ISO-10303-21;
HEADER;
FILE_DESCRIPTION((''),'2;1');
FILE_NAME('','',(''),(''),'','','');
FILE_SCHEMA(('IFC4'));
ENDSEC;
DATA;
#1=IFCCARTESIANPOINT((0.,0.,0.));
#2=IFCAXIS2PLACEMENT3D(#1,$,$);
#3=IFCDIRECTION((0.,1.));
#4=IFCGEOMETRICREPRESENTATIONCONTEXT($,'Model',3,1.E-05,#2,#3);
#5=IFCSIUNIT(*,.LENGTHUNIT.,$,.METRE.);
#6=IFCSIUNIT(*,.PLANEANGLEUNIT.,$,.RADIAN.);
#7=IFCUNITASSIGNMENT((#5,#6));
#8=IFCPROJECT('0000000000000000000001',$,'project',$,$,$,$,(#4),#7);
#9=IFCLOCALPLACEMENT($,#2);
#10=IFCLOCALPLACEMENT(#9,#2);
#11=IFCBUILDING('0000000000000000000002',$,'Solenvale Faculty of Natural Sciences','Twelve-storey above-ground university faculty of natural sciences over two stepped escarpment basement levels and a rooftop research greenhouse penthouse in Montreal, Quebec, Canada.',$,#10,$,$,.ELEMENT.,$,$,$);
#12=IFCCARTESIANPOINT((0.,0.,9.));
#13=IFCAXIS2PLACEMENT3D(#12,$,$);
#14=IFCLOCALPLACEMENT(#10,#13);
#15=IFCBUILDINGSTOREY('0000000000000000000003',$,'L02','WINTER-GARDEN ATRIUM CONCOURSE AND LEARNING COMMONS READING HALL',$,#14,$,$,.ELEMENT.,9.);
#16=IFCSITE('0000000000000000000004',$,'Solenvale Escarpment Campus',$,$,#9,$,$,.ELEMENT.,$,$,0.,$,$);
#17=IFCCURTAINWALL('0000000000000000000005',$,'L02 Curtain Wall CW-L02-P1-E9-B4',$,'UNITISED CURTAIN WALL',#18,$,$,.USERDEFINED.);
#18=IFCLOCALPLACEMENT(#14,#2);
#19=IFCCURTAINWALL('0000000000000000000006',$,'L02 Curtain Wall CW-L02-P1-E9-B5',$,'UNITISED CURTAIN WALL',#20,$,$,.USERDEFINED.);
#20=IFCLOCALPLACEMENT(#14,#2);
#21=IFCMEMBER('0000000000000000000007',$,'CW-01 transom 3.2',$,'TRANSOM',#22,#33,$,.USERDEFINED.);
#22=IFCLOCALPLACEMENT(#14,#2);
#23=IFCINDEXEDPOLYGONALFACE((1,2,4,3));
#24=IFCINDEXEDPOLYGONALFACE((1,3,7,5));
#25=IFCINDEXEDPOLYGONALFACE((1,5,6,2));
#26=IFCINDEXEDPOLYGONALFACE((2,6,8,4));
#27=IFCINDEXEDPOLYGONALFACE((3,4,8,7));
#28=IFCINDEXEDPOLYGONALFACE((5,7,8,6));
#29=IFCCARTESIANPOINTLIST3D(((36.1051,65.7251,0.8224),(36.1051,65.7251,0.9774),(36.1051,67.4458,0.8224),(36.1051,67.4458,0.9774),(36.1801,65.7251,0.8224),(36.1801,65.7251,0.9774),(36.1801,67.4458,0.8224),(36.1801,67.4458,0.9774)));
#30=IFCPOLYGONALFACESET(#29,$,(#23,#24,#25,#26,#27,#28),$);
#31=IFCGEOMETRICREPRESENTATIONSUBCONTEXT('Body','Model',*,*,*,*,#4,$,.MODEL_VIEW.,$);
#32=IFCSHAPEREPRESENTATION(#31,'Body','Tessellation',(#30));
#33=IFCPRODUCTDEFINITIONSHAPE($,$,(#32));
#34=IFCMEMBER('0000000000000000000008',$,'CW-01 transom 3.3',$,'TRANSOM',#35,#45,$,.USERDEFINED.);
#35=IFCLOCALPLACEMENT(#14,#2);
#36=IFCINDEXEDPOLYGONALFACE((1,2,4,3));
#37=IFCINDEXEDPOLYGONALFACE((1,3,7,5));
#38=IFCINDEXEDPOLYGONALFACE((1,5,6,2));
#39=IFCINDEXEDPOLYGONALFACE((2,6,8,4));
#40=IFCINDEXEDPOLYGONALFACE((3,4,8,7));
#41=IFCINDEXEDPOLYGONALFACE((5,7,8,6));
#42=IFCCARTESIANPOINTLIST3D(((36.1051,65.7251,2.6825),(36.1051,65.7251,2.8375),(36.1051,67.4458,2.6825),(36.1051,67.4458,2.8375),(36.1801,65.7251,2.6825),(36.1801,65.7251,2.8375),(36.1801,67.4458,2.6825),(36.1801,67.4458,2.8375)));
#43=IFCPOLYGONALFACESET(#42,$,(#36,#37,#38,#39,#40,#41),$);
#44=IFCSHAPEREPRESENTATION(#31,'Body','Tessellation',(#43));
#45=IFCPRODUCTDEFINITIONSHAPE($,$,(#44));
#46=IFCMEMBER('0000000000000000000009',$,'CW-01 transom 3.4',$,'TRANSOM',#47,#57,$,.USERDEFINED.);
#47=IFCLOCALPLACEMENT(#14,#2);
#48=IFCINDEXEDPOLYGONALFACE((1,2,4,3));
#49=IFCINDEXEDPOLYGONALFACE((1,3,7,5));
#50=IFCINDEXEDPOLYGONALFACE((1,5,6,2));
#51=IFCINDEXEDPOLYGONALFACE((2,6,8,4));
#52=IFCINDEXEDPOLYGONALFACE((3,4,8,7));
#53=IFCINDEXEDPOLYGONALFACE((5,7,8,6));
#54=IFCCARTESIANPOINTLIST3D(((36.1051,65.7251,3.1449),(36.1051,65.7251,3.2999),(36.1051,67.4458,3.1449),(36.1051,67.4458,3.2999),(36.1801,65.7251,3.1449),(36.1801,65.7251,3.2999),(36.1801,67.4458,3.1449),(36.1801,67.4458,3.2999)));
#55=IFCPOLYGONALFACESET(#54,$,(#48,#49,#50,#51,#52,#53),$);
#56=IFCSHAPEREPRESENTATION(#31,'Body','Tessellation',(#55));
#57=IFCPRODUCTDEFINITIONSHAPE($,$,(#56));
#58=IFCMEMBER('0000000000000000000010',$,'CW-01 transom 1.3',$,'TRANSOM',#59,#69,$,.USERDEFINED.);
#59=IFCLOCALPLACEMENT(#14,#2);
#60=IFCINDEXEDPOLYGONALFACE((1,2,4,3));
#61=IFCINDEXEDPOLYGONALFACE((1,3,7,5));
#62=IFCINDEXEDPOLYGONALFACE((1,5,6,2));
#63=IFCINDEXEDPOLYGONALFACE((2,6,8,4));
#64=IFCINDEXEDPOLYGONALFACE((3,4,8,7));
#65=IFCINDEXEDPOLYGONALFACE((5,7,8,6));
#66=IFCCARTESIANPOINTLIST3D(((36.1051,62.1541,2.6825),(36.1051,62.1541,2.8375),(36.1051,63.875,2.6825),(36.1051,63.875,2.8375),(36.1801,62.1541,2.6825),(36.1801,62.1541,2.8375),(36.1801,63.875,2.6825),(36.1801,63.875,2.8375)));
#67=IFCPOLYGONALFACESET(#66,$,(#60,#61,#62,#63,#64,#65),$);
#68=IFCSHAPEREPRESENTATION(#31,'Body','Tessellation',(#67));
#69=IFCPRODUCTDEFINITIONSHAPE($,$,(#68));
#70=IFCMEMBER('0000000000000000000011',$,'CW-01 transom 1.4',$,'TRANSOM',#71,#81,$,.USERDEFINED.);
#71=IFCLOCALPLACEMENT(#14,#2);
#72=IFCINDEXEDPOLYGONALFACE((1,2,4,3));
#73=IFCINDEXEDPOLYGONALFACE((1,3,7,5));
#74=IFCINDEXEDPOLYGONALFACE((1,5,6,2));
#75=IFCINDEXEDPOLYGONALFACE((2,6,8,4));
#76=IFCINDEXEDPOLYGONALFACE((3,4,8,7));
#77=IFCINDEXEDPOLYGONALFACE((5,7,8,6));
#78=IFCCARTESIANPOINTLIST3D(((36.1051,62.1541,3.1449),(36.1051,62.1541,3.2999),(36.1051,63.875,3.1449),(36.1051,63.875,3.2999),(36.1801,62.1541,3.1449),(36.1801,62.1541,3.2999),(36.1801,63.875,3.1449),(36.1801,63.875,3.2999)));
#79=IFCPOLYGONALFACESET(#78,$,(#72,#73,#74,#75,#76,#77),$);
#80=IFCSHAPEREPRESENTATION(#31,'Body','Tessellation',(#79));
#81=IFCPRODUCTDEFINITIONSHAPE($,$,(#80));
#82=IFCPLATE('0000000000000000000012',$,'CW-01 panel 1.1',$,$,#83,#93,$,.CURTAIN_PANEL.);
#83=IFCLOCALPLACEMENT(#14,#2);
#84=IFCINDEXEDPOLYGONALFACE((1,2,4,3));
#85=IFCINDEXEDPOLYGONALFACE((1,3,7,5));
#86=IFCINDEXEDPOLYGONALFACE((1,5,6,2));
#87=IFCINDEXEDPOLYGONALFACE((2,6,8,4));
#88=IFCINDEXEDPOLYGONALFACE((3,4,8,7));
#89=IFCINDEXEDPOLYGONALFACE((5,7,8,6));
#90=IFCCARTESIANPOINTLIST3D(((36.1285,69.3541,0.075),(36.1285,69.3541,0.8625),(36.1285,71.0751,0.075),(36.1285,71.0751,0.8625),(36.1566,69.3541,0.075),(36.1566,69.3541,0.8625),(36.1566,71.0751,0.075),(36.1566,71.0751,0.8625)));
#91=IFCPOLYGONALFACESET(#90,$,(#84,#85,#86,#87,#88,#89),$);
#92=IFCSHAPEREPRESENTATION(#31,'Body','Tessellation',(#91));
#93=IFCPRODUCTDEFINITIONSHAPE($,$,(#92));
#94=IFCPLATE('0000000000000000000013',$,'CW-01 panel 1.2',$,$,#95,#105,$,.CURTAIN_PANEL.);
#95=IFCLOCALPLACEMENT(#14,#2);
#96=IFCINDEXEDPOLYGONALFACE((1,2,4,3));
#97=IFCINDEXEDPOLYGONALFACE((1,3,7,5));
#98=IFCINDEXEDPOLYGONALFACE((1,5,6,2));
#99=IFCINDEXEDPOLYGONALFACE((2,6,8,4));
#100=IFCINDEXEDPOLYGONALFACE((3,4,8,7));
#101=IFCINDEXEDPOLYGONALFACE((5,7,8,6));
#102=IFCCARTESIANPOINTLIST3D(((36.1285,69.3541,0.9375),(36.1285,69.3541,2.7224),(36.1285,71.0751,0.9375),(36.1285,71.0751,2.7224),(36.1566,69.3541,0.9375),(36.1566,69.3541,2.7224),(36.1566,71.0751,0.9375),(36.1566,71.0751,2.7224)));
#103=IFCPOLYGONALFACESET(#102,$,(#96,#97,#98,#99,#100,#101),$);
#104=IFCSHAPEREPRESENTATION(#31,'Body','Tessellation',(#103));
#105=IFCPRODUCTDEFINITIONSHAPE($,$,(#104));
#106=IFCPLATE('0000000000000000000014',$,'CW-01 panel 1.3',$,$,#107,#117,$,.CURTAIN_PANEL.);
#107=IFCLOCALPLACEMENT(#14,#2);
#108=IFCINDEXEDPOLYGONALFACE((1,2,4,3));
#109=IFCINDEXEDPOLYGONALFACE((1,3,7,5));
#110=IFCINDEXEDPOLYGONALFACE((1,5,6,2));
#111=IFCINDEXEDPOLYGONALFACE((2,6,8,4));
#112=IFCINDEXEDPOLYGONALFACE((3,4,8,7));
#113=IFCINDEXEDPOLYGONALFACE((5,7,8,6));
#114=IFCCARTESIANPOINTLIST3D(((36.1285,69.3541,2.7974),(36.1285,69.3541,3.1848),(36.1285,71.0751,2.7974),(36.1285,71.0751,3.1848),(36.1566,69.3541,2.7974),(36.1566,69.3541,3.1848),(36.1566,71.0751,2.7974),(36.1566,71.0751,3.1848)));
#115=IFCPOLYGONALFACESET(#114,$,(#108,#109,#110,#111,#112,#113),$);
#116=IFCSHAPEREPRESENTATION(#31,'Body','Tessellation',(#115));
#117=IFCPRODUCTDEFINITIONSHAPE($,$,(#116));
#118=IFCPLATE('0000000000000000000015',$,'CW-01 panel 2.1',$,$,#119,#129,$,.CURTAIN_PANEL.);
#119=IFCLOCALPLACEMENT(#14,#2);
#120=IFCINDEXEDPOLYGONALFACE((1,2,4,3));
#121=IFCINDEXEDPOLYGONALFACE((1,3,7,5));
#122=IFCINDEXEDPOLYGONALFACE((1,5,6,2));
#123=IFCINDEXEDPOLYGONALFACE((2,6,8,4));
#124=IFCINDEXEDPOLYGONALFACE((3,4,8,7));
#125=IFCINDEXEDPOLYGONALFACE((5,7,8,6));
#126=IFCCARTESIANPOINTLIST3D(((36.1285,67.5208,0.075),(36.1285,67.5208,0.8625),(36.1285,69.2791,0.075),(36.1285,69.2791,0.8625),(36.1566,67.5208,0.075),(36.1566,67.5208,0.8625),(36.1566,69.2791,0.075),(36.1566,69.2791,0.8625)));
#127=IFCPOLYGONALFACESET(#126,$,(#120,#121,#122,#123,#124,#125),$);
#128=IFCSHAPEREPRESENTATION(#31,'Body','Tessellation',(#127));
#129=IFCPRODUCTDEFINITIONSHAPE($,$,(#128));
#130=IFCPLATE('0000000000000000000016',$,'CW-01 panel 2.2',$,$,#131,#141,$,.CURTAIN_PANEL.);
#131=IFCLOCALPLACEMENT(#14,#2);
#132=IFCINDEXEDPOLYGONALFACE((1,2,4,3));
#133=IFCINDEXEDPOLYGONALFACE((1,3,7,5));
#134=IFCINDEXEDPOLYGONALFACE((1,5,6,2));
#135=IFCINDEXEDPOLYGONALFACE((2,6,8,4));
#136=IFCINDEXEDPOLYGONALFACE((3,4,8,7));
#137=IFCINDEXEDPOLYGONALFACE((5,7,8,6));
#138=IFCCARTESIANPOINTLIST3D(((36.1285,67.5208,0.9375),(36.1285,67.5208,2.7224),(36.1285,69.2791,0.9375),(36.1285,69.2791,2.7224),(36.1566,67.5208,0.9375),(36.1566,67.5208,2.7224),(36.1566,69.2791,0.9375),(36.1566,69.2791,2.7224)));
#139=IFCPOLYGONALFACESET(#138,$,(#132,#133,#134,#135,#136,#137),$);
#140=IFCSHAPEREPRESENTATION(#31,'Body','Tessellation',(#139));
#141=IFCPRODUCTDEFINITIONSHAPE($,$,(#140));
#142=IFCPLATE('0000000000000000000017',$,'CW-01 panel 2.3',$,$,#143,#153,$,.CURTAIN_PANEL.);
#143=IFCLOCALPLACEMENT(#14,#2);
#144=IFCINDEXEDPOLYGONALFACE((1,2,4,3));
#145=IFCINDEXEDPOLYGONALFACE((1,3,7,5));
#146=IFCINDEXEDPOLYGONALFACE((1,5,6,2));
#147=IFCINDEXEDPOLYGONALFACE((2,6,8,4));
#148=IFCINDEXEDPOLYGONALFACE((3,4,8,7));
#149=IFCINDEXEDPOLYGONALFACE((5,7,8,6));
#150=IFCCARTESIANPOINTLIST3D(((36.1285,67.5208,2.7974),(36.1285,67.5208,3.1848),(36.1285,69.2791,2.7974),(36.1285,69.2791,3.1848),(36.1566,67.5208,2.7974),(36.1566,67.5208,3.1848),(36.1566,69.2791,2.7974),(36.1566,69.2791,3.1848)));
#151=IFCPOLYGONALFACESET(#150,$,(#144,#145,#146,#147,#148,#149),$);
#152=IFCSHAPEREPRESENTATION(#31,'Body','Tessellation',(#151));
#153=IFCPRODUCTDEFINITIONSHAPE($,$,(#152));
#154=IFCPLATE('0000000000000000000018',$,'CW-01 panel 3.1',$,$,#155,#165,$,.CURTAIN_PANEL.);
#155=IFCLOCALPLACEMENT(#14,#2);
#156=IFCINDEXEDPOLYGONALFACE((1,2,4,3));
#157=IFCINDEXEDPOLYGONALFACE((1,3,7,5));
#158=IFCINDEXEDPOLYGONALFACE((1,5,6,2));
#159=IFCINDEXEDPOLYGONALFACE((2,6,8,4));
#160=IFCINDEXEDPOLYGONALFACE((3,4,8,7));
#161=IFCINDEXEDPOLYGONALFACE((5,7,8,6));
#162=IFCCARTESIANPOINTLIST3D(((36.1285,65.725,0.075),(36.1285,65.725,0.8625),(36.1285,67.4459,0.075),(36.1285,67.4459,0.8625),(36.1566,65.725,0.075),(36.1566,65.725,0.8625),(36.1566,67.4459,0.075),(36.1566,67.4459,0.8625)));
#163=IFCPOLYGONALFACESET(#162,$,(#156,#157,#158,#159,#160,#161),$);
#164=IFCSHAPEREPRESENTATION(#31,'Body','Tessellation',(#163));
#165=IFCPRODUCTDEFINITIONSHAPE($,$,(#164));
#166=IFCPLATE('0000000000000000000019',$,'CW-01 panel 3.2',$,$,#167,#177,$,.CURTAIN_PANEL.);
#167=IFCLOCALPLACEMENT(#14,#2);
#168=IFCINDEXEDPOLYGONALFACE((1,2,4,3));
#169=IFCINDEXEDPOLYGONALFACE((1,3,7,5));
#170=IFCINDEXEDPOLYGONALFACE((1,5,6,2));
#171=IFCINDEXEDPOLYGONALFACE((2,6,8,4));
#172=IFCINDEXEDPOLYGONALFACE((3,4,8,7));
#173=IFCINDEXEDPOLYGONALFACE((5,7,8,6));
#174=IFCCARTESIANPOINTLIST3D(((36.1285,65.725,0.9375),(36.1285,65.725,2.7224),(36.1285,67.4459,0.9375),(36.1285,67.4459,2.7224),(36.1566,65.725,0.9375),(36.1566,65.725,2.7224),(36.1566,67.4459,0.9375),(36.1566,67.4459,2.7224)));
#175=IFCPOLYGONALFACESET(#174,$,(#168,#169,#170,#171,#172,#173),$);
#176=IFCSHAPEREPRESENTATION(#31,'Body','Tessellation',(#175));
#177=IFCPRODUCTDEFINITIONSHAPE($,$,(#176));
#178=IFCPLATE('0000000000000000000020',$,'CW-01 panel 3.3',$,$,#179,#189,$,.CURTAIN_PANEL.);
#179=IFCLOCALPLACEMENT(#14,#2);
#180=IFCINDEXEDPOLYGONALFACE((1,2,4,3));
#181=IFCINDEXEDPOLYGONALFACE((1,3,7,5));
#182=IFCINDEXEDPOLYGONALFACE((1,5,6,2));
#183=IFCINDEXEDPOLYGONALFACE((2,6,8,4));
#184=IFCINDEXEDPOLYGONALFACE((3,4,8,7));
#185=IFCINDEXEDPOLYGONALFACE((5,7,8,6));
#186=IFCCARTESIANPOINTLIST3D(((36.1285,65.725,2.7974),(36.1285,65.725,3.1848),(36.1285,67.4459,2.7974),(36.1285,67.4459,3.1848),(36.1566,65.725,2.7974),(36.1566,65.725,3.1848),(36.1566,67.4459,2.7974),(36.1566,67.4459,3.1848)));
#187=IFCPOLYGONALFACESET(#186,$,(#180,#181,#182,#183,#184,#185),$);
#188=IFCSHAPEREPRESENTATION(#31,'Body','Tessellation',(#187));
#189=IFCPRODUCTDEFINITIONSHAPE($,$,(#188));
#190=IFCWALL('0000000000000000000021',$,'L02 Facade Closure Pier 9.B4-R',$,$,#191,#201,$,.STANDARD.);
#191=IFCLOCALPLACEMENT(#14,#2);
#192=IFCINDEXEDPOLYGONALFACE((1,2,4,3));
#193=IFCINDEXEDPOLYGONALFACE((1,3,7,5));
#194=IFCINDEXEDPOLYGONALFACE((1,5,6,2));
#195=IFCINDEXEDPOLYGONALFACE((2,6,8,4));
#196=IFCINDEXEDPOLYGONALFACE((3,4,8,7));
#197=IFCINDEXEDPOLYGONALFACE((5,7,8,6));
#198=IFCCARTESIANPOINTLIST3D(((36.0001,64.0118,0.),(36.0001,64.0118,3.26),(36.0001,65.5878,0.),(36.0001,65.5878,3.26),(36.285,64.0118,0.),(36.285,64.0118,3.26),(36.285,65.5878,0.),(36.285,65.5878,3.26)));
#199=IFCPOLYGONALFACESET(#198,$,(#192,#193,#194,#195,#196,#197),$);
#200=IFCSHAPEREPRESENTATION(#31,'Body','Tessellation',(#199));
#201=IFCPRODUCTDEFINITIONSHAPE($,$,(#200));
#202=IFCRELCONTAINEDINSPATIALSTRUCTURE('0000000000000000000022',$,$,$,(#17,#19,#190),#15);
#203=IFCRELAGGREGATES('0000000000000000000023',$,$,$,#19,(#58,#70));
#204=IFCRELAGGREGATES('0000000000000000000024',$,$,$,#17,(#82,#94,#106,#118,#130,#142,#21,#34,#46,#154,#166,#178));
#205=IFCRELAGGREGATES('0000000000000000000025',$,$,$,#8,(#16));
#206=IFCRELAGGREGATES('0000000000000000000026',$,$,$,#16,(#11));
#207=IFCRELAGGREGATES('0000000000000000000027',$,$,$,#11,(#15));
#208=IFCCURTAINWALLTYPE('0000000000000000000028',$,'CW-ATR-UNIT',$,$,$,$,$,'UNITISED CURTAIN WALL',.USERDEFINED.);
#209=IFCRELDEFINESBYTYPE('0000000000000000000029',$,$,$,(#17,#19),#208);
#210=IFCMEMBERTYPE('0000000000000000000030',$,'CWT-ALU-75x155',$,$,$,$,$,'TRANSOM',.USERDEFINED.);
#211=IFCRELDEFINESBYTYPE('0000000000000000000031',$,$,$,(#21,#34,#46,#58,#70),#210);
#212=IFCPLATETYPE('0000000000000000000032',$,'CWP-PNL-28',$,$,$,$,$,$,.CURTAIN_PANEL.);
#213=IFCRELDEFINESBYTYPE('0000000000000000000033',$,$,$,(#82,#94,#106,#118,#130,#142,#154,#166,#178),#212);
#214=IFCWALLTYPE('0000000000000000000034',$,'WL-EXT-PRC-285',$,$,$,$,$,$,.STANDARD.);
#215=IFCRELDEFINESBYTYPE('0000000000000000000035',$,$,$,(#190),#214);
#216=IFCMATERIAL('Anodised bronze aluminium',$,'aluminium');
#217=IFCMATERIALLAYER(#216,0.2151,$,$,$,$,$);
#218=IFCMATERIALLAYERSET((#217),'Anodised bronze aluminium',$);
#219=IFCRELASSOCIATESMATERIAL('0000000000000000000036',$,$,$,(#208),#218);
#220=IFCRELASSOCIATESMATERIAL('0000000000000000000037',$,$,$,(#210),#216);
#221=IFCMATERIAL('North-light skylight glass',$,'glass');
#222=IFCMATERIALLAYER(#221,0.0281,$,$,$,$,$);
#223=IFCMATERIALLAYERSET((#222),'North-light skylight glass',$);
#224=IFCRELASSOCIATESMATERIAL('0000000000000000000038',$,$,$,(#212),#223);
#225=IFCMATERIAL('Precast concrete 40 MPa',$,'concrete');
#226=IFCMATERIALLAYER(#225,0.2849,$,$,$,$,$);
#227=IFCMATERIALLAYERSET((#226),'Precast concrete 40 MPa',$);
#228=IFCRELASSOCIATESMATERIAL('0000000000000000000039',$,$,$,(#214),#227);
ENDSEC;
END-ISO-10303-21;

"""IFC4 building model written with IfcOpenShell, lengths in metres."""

from ifc_helpers import new_model, si_unit, direction, frame, frame_2d, origin, origin_2d, place, context, subcontext, project, spatial, rectangle, extrude, material, layer, layer_set, material_profile, profile_set, type_object, element, aggregate, save


model = new_model("IFC4")

# Units and contexts
model_context = context("Model", 3, precision=1e-05, world=origin(), true_north=direction((0.0, 1.0)))
body_context = subcontext(model_context, "Body", "Model", "MODEL_VIEW")
ifc_project = project(units=[si_unit("LENGTHUNIT", "METRE"), si_unit("PLANEANGLEUNIT", "RADIAN")], contexts=[model_context])

# Site, building, storey
site_placement = place(None, origin())
site = spatial("IfcSite", under=ifc_project, at=site_placement, Name="Solenvale Escarpment Campus", CompositionType="ELEMENT", RefElevation=0.0)
building_placement = place(site_placement, origin())
building = spatial("IfcBuilding", under=site, at=building_placement, Name="Solenvale Faculty of Natural Sciences", Description="Twelve-storey above-ground university faculty of natural sciences over two stepped escarpment basement levels and a rooftop research greenhouse penthouse in Montreal, Quebec, Canada.", CompositionType="ELEMENT")
storey_placement = place(building_placement, frame((0.0, 0.0, 9.0)))
storey = spatial("IfcBuildingStorey", under=building, at=storey_placement, Name="L02", Description="WINTER-GARDEN ATRIUM CONCOURSE AND LEARNING COMMONS READING HALL", CompositionType="ELEMENT", Elevation=9.0)

# Curtain wall
ifc_material_1 = material(Name="Anodised bronze aluminium", Category="aluminium")
ifc_layer_1 = layer(ifc_material_1, 0.2151)
ifc_layer_set_1 = layer_set([ifc_layer_1], Name="Anodised bronze aluminium")
curtain_wall_type = type_object("IfcCurtainWallType", Name="CW-ATR-UNIT", ElementType="UNITISED CURTAIN WALL", PredefinedType="USERDEFINED", material=ifc_layer_set_1)
curtain_wall_1_placement = place(storey_placement, origin())
curtain_wall_1 = element("IfcCurtainWall", 1, at=curtain_wall_1_placement, inside=storey, type_object=curtain_wall_type, Name="L02 Curtain Wall CW-L02-P1-E9-B4", ObjectType="UNITISED CURTAIN WALL", PredefinedType="USERDEFINED")

# Curtain wall
curtain_wall_2_placement = place(storey_placement, origin())
curtain_wall_2 = element("IfcCurtainWall", 2, at=curtain_wall_2_placement, inside=storey, type_object=curtain_wall_type, Name="L02 Curtain Wall CW-L02-P1-E9-B5", ObjectType="UNITISED CURTAIN WALL", PredefinedType="USERDEFINED")

# Members
ifc_material_profile_1 = material_profile(ifc_material_1, rectangle(XDim=0.075, YDim=0.155, at=origin_2d()), Name="ALU-TRN-75x155")
ifc_profile_set_1 = profile_set([ifc_material_profile_1], Name="Anodised bronze aluminium")
member_type_1 = type_object("IfcMemberType", Name="CWT-ALU-75x155", ElementType="TRANSOM", PredefinedType="USERDEFINED", material=ifc_profile_set_1)
member_1_placement = place(storey_placement, frame((36.1426, 67.4458, 0.8999), z_axis=(0.0, -1.0, 0.0), x_axis=(1.0, 0.0, 0.0)))
member_1 = element("IfcMember", 3, at=member_1_placement, type_object=member_type_1, Name="CW-01 transom 3.2", ObjectType="TRANSOM", PredefinedType="USERDEFINED", context=body_context, shape_type="SweptSolid", body=[
    extrude(rectangle(XDim=0.075, YDim=0.155, at=origin_2d()), origin(), (0.0, 0.0, 1.0), 1.7207),
])
member_2_placement = place(storey_placement, frame((36.1426, 67.4458, 2.76), z_axis=(0.0, -1.0, 0.0), x_axis=(1.0, 0.0, 0.0)))
member_2 = element("IfcMember", 4, at=member_2_placement, type_object=member_type_1, Name="CW-01 transom 3.3", ObjectType="TRANSOM", PredefinedType="USERDEFINED", context=body_context, shape_type="SweptSolid", body=[
    extrude(rectangle(XDim=0.075, YDim=0.155, at=origin_2d()), origin(), (0.0, 0.0, 1.0), 1.7207),
])
member_3_placement = place(storey_placement, frame((36.1426, 67.4458, 3.2224), z_axis=(0.0, -1.0, 0.0), x_axis=(1.0, 0.0, 0.0)))
member_3 = element("IfcMember", 5, at=member_3_placement, type_object=member_type_1, Name="CW-01 transom 3.4", ObjectType="TRANSOM", PredefinedType="USERDEFINED", context=body_context, shape_type="SweptSolid", body=[
    extrude(rectangle(XDim=0.075, YDim=0.155, at=origin_2d()), origin(), (0.0, 0.0, 1.0), 1.7207),
])
member_4_placement = place(storey_placement, frame((36.1426, 63.875, 2.76), z_axis=(0.0, -1.0, 0.0), x_axis=(1.0, 0.0, 0.0)))
member_4 = element("IfcMember", 6, at=member_4_placement, type_object=member_type_1, Name="CW-01 transom 1.3", ObjectType="TRANSOM", PredefinedType="USERDEFINED", context=body_context, shape_type="SweptSolid", body=[
    extrude(rectangle(XDim=0.075, YDim=0.155, at=origin_2d()), origin(), (0.0, 0.0, 1.0), 1.7209),
])
member_5_placement = place(storey_placement, frame((36.1426, 63.875, 3.2224), z_axis=(0.0, -1.0, 0.0), x_axis=(1.0, 0.0, 0.0)))
member_5 = element("IfcMember", 7, at=member_5_placement, type_object=member_type_1, Name="CW-01 transom 1.4", ObjectType="TRANSOM", PredefinedType="USERDEFINED", context=body_context, shape_type="SweptSolid", body=[
    extrude(rectangle(XDim=0.075, YDim=0.155, at=origin_2d()), origin(), (0.0, 0.0, 1.0), 1.7209),
])
aggregate(curtain_wall_2, [member_4, member_5])

# Plates
ifc_material_2 = material(Name="North-light skylight glass", Category="glass")
ifc_layer_2 = layer(ifc_material_2, 0.0281)
ifc_layer_set_2 = layer_set([ifc_layer_2], Name="North-light skylight glass")
plate_type = type_object("IfcPlateType", Name="CWP-PNL-28", PredefinedType="CURTAIN_PANEL", material=ifc_layer_set_2)
plate_1_placement = place(storey_placement, frame((36.1426, 70.2146, 0.075), z_axis=(0.0, 0.0, 1.0), x_axis=(0.0, -1.0, 0.0)))
plate_1 = element("IfcPlate", 8, at=plate_1_placement, type_object=plate_type, Name="CW-01 panel 1.1", PredefinedType="CURTAIN_PANEL", context=body_context, shape_type="SweptSolid", body=[
    extrude(rectangle(XDim=1.7209, YDim=0.0281, at=origin_2d()), origin(), (0.0, 0.0, 1.0), 0.7876),
])
plate_2_placement = place(storey_placement, frame((36.1426, 70.2146, 0.9375), z_axis=(0.0, 0.0, 1.0), x_axis=(0.0, -1.0, 0.0)))
plate_2 = element("IfcPlate", 9, at=plate_2_placement, type_object=plate_type, Name="CW-01 panel 1.2", PredefinedType="CURTAIN_PANEL", context=body_context, shape_type="SweptSolid", body=[
    extrude(rectangle(XDim=1.7209, YDim=0.0281, at=origin_2d()), origin(), (0.0, 0.0, 1.0), 1.7849),
])
plate_3_placement = place(storey_placement, frame((36.1426, 70.2146, 2.7974), z_axis=(0.0, 0.0, 1.0), x_axis=(0.0, -1.0, 0.0)))
plate_3 = element("IfcPlate", 10, at=plate_3_placement, type_object=plate_type, Name="CW-01 panel 1.3", PredefinedType="CURTAIN_PANEL", context=body_context, shape_type="SweptSolid", body=[
    extrude(rectangle(XDim=1.7209, YDim=0.0281, at=origin_2d()), origin(), (0.0, 0.0, 1.0), 0.3875),
])
plate_4_placement = place(storey_placement, frame((36.1426, 68.3999, 0.075), z_axis=(0.0, 0.0, 1.0), x_axis=(0.0, -1.0, 0.0)))
plate_4 = element("IfcPlate", 11, at=plate_4_placement, type_object=plate_type, Name="CW-01 panel 2.1", PredefinedType="CURTAIN_PANEL", context=body_context, shape_type="SweptSolid", body=[
    extrude(rectangle(XDim=1.7583, YDim=0.0281, at=origin_2d()), origin(), (0.0, 0.0, 1.0), 0.7876),
])
plate_5_placement = place(storey_placement, frame((36.1426, 68.3999, 0.9375), z_axis=(0.0, 0.0, 1.0), x_axis=(0.0, -1.0, 0.0)))
plate_5 = element("IfcPlate", 12, at=plate_5_placement, type_object=plate_type, Name="CW-01 panel 2.2", PredefinedType="CURTAIN_PANEL", context=body_context, shape_type="SweptSolid", body=[
    extrude(rectangle(XDim=1.7583, YDim=0.0281, at=origin_2d()), origin(), (0.0, 0.0, 1.0), 1.7849),
])
plate_6_placement = place(storey_placement, frame((36.1426, 68.3999, 2.7974), z_axis=(0.0, 0.0, 1.0), x_axis=(0.0, -1.0, 0.0)))
plate_6 = element("IfcPlate", 13, at=plate_6_placement, type_object=plate_type, Name="CW-01 panel 2.3", PredefinedType="CURTAIN_PANEL", context=body_context, shape_type="SweptSolid", body=[
    extrude(rectangle(XDim=1.7583, YDim=0.0281, at=origin_2d()), origin(), (0.0, 0.0, 1.0), 0.3875),
])
plate_7_placement = place(storey_placement, frame((36.1426, 66.5854, 0.075), z_axis=(0.0, 0.0, 1.0), x_axis=(0.0, -1.0, 0.0)))
plate_7 = element("IfcPlate", 14, at=plate_7_placement, type_object=plate_type, Name="CW-01 panel 3.1", PredefinedType="CURTAIN_PANEL", context=body_context, shape_type="SweptSolid", body=[
    extrude(rectangle(XDim=1.7209, YDim=0.0281, at=origin_2d()), origin(), (0.0, 0.0, 1.0), 0.7876),
])
plate_8_placement = place(storey_placement, frame((36.1426, 66.5854, 0.9375), z_axis=(0.0, 0.0, 1.0), x_axis=(0.0, -1.0, 0.0)))
plate_8 = element("IfcPlate", 15, at=plate_8_placement, type_object=plate_type, Name="CW-01 panel 3.2", PredefinedType="CURTAIN_PANEL", context=body_context, shape_type="SweptSolid", body=[
    extrude(rectangle(XDim=1.7209, YDim=0.0281, at=origin_2d()), origin(), (0.0, 0.0, 1.0), 1.7849),
])
plate_9_placement = place(storey_placement, frame((36.1426, 66.5854, 2.7974), z_axis=(0.0, 0.0, 1.0), x_axis=(0.0, -1.0, 0.0)))
plate_9 = element("IfcPlate", 16, at=plate_9_placement, type_object=plate_type, Name="CW-01 panel 3.3", PredefinedType="CURTAIN_PANEL", context=body_context, shape_type="SweptSolid", body=[
    extrude(rectangle(XDim=1.7209, YDim=0.0281, at=origin_2d()), origin(), (0.0, 0.0, 1.0), 0.3875),
])
aggregate(curtain_wall_1, [plate_1, plate_2, plate_3, plate_4, plate_5, plate_6, member_1, member_2, member_3, plate_7, plate_8, plate_9])

# Wall
ifc_material_3 = material(Name="Precast concrete 40 MPa", Category="concrete")
ifc_layer_3 = layer(ifc_material_3, 0.2849)
ifc_layer_set_3 = layer_set([ifc_layer_3], Name="Precast concrete 40 MPa")
wall_type = type_object("IfcWallType", Name="WL-EXT-PRC-285", PredefinedType="STANDARD", material=ifc_layer_set_3)
wall_placement = place(storey_placement, frame((36.1426, 65.5879, 0.0), z_axis=(0.0, 0.0, 1.0), x_axis=(0.0, -1.0, 0.0)))
element("IfcWall", 17, at=wall_placement, inside=storey, type_object=wall_type, Name="L02 Facade Closure Pier 9.B4-R", PredefinedType="STANDARD", context=body_context, shape_type="SweptSolid", body=[
    extrude(rectangle(XDim=1.5759, YDim=0.2849, at=frame_2d((0.7881, 0.0))), origin(), (0.0, 0.0, 1.0), 3.26),
])

save(model, "model.ifc")
